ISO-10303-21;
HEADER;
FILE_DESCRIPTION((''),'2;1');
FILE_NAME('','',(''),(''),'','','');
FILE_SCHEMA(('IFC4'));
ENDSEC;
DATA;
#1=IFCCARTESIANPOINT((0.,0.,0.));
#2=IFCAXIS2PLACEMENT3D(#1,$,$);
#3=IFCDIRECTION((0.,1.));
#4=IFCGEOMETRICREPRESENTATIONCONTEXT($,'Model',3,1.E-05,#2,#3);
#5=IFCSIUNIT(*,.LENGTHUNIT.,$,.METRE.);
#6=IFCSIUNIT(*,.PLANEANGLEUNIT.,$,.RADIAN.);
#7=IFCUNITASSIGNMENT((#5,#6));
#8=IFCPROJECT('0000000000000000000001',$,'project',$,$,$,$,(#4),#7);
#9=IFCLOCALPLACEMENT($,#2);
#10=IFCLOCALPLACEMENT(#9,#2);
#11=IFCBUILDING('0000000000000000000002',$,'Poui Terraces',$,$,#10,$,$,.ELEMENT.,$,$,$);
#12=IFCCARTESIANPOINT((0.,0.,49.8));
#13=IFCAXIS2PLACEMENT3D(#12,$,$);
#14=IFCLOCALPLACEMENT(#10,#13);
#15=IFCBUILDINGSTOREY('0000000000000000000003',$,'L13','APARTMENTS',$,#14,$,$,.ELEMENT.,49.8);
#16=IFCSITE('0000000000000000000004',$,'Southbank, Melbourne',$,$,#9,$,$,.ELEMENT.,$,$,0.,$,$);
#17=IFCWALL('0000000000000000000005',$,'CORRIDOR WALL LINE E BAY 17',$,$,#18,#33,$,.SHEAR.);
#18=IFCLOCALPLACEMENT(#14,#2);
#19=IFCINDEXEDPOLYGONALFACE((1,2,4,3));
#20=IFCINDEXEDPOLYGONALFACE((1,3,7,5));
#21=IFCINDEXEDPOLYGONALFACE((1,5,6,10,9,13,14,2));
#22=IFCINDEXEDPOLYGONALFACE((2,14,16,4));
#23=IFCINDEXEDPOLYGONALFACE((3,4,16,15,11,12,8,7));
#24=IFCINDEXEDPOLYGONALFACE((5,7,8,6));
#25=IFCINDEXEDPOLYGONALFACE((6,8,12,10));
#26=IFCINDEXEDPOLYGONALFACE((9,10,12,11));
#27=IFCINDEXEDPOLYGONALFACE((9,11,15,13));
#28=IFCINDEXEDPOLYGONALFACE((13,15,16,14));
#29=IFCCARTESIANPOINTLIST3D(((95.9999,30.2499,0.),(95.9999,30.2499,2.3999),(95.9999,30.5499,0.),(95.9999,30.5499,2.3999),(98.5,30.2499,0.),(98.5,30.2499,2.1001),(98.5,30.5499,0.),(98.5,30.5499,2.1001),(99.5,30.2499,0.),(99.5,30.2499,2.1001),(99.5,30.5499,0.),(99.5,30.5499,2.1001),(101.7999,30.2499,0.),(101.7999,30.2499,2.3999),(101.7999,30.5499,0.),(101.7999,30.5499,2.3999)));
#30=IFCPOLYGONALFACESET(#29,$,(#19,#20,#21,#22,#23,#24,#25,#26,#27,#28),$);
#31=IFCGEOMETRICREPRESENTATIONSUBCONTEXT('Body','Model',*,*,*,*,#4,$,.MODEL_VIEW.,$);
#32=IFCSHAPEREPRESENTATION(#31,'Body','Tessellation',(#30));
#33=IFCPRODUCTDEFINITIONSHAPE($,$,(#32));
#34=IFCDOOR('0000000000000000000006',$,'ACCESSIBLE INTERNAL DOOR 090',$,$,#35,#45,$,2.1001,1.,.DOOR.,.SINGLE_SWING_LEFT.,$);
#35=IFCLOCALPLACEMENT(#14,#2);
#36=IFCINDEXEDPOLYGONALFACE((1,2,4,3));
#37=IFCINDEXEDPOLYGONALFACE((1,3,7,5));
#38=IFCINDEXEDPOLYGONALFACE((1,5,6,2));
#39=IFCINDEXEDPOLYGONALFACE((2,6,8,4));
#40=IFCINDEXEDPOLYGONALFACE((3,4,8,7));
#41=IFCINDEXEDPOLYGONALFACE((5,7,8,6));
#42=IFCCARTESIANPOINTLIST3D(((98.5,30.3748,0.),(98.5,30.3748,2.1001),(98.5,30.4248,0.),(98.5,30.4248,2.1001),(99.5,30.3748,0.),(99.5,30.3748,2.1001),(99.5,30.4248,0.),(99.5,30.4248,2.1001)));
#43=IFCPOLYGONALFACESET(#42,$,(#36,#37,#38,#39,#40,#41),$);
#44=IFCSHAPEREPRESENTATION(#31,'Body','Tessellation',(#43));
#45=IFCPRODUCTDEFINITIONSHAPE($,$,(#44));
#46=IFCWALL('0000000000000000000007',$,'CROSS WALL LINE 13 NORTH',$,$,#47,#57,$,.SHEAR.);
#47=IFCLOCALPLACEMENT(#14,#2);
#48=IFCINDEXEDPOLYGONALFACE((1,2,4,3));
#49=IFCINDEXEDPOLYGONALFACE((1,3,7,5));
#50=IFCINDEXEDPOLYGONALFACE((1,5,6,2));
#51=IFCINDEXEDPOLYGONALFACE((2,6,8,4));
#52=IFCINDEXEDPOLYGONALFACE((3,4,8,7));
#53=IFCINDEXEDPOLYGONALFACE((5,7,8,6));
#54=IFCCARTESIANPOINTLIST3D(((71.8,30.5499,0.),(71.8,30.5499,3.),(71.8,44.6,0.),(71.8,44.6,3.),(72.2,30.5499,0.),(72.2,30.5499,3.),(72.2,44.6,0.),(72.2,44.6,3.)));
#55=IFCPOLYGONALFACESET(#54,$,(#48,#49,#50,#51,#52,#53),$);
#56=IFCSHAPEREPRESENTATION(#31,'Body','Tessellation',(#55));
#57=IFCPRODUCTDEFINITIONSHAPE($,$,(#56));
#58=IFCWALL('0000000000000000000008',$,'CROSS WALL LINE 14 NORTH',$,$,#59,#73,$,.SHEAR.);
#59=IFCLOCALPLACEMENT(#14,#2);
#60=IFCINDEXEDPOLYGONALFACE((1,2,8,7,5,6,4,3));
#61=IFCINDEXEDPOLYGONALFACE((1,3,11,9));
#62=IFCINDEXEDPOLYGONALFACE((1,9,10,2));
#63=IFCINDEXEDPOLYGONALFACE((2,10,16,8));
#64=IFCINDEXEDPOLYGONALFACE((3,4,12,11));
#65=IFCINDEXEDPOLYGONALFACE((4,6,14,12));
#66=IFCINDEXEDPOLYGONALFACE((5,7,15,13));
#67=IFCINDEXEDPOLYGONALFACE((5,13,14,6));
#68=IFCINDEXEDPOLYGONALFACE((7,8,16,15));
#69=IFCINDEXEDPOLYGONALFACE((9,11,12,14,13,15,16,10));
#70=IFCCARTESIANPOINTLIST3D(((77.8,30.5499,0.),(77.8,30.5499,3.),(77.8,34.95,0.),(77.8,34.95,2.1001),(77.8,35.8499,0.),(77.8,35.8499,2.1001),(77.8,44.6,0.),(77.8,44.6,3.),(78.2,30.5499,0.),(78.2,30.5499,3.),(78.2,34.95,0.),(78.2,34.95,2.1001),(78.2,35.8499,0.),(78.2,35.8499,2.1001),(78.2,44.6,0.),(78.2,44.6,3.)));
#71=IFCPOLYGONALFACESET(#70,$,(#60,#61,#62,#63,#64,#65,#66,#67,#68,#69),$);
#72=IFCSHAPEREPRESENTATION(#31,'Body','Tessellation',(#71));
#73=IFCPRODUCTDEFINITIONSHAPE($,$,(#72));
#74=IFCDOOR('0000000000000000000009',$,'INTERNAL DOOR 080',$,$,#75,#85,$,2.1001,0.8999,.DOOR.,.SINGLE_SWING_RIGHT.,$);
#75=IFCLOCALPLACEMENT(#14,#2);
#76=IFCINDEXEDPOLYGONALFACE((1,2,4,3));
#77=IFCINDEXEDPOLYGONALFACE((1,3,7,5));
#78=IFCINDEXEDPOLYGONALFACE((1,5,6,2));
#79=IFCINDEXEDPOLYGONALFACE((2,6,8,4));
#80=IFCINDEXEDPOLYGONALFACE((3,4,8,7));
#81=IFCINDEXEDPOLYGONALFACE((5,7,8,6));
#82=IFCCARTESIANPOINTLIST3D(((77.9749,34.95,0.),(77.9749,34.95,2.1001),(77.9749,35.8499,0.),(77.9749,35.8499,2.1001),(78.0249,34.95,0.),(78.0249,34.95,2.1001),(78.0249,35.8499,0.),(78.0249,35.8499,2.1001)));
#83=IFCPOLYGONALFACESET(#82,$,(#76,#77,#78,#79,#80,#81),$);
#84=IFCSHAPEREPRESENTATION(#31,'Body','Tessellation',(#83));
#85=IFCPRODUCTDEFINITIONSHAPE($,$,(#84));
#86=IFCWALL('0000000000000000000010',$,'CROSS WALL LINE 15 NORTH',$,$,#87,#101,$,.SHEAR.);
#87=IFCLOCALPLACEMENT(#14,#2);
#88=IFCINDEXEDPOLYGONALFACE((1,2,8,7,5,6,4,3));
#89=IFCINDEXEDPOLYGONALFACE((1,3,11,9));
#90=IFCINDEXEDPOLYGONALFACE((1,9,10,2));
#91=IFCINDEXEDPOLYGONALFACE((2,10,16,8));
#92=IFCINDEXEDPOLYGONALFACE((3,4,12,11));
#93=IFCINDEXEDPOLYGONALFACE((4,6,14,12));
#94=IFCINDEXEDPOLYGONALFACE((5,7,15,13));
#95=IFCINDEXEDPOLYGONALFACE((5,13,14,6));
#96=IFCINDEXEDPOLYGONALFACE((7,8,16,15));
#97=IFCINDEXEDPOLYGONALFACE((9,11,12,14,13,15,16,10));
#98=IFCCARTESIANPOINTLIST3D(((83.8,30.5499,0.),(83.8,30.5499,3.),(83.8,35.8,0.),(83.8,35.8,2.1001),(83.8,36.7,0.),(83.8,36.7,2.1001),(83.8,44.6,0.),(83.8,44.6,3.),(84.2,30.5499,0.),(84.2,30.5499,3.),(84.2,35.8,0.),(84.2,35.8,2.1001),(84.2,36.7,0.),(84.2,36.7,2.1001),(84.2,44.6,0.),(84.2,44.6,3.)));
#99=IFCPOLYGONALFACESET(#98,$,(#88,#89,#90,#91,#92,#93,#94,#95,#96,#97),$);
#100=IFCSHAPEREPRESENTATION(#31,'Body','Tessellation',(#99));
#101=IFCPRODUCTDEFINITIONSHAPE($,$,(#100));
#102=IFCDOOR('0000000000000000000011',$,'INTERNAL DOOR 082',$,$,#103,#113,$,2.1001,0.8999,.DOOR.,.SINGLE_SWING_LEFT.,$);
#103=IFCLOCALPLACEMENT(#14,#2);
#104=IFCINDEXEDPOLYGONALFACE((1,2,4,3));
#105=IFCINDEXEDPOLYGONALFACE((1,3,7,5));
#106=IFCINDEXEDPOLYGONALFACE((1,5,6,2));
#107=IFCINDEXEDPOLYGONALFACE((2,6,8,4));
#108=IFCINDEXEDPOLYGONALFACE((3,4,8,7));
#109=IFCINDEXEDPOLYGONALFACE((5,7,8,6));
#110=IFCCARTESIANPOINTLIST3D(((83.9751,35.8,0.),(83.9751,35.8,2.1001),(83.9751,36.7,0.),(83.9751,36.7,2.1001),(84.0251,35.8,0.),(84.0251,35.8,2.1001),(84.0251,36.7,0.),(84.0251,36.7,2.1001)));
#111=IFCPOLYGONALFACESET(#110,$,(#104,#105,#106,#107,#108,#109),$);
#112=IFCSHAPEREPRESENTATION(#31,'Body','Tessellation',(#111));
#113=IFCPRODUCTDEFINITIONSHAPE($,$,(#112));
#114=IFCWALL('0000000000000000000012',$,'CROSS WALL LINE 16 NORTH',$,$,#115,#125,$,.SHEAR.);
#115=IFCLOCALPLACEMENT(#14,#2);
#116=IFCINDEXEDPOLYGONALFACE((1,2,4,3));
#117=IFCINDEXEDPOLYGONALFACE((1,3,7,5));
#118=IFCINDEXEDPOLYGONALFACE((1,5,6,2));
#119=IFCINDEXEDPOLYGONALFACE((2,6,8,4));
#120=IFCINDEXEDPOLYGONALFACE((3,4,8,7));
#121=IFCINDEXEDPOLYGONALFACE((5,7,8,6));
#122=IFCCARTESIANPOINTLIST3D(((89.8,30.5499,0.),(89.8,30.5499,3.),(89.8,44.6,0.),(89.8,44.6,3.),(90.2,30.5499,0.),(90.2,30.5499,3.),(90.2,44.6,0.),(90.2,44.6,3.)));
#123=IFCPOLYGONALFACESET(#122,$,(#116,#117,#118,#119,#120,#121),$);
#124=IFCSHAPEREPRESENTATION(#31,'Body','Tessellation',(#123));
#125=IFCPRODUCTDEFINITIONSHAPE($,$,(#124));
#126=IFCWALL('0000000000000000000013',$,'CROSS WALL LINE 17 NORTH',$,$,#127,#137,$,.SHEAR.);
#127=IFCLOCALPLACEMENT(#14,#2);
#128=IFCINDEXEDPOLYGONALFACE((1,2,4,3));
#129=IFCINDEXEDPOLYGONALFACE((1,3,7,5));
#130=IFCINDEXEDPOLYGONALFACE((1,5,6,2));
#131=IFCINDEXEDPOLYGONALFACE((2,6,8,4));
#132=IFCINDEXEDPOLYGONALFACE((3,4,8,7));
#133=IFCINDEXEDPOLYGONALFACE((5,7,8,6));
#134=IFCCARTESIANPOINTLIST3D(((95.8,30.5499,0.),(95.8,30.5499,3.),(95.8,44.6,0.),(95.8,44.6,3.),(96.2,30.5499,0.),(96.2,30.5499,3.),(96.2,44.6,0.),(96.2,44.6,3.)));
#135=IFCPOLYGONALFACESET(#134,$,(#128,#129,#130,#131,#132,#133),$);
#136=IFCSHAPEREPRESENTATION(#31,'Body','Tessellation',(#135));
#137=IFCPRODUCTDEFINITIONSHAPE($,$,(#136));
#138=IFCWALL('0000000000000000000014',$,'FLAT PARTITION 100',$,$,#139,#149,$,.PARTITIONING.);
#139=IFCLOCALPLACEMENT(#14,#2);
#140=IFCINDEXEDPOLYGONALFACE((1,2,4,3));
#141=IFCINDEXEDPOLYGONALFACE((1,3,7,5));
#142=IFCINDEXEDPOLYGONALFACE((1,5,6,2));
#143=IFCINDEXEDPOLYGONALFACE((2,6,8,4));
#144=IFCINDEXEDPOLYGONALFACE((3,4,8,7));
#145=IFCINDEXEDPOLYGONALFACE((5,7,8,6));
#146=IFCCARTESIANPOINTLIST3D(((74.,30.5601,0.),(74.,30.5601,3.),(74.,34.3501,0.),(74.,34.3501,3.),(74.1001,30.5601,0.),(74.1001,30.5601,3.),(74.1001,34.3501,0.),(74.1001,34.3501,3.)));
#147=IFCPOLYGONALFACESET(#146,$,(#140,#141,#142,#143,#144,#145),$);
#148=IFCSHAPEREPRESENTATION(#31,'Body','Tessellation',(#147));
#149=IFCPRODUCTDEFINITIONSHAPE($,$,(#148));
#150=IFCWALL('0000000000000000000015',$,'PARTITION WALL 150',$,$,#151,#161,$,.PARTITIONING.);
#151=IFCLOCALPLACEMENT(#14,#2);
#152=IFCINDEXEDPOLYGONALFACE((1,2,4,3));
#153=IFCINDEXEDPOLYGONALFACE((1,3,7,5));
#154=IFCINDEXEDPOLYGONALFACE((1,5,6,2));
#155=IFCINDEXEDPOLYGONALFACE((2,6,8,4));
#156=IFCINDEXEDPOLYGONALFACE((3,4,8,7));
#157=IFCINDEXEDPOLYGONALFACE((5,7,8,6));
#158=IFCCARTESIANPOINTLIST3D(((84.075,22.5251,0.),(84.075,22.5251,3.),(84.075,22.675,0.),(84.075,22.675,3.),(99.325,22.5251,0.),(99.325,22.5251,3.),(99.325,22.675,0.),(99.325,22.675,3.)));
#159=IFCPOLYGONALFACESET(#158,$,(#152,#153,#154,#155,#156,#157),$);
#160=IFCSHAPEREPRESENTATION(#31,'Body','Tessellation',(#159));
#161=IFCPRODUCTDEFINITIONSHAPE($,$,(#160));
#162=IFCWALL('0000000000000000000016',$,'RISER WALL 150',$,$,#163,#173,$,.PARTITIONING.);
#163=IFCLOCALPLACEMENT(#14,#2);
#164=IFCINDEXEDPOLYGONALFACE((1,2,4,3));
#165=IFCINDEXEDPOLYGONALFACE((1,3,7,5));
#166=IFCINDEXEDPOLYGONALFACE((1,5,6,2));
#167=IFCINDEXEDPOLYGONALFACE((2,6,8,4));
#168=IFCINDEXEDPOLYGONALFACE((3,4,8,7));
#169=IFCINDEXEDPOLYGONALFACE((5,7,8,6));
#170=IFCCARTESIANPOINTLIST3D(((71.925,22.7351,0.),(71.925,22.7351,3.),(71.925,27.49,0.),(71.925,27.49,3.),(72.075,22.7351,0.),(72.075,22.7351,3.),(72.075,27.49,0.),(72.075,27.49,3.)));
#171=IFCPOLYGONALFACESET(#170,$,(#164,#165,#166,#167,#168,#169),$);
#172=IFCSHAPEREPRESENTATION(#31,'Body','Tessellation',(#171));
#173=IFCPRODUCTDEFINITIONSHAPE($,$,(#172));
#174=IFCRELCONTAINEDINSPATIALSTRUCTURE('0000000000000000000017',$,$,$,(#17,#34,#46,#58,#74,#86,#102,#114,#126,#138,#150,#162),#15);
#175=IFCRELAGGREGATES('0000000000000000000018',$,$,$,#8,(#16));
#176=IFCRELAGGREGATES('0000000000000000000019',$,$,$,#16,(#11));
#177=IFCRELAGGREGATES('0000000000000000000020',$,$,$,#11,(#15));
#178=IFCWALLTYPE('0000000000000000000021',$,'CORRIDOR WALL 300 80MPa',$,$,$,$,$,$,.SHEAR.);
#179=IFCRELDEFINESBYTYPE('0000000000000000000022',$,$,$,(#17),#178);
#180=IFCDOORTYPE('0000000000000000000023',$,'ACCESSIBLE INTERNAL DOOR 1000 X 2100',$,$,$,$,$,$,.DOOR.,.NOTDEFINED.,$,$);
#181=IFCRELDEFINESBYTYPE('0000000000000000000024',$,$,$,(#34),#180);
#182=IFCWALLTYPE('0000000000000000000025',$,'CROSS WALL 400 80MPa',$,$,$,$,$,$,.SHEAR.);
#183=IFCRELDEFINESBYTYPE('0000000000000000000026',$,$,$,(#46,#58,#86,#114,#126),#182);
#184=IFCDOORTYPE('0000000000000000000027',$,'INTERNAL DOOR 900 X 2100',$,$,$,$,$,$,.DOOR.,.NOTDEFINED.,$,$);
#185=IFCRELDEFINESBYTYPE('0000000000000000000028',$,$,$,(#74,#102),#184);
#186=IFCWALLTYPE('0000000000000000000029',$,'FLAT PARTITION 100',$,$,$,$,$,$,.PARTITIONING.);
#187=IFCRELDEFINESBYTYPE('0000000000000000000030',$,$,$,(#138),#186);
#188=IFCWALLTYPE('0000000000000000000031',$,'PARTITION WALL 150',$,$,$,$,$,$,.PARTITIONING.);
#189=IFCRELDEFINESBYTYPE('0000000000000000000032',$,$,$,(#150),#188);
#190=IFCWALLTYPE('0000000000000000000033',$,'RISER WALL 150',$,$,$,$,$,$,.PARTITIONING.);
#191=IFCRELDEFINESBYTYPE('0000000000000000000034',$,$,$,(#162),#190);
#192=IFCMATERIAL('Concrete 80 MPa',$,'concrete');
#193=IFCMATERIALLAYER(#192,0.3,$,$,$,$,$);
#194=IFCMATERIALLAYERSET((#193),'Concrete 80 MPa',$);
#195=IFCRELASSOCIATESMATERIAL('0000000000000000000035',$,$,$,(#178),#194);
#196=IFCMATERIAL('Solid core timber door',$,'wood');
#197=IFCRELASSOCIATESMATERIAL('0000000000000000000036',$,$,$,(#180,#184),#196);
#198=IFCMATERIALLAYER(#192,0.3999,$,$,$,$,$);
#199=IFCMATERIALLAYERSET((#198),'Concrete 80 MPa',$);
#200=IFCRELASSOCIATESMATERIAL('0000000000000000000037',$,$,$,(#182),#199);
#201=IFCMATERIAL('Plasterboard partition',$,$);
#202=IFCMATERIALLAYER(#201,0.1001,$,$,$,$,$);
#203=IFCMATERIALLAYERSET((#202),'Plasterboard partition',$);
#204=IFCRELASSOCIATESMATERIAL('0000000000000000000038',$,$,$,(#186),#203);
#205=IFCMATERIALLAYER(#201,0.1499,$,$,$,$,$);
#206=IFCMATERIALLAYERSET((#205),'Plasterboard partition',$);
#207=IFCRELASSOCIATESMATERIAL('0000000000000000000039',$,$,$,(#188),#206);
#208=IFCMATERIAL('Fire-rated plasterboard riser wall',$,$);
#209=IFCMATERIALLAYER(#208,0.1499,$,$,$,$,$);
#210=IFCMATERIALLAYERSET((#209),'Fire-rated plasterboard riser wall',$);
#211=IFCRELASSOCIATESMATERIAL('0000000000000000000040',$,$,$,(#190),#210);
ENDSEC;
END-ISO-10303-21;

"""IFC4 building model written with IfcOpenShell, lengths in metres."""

from ifc_helpers import new_model, si_unit, direction, frame, frame_2d, origin, place, context, subcontext, project, spatial, rectangle, extrude, material, layer, layer_set, type_object, element, fill, save


model = new_model("IFC4")

# Units and contexts
model_context = context("Model", 3, precision=1e-05, world=origin(), true_north=direction((0.0, 1.0)))
body_context = subcontext(model_context, "Body", "Model", "MODEL_VIEW")
ifc_project = project(units=[si_unit("LENGTHUNIT", "METRE"), si_unit("PLANEANGLEUNIT", "RADIAN")], contexts=[model_context])

# Site, building, storey
site_placement = place(None, origin())
site = spatial("IfcSite", under=ifc_project, at=site_placement, Name="Southbank, Melbourne", CompositionType="ELEMENT", RefElevation=0.0)
building_placement = place(site_placement, origin())
building = spatial("IfcBuilding", under=site, at=building_placement, Name="Poui Terraces", CompositionType="ELEMENT")
storey_placement = place(building_placement, frame((0.0, 0.0, 49.8)))
storey = spatial("IfcBuildingStorey", under=building, at=storey_placement, Name="L13", Description="APARTMENTS", CompositionType="ELEMENT", Elevation=49.8)

# Shared definitions
ifc_material_1 = material(Name="Concrete 80 MPa", Category="concrete")

# Shared definitions
ifc_layer_1 = layer(ifc_material_1, 0.3)
ifc_layer_set_1 = layer_set([ifc_layer_1], Name="Concrete 80 MPa")
wall_type_1 = type_object("IfcWallType", Name="CORRIDOR WALL 300 80MPa", PredefinedType="SHEAR", material=ifc_layer_set_1)

# Wall, opening, door
wall_1_placement = place(storey_placement, frame((96.0, 30.3999, 0.0), z_axis=(0.0, 0.0, 1.0), x_axis=(1.0, 0.0, 0.0)))
wall_1 = element("IfcWall", 1, at=wall_1_placement, inside=storey, type_object=wall_type_1, Name="CORRIDOR WALL LINE E BAY 17", PredefinedType="SHEAR", context=body_context, shape_type="SweptSolid", body=[
    extrude(rectangle(XDim=5.8, YDim=0.3, at=frame_2d((2.8999, 0.0))), origin(), (0.0, 0.0, 1.0), 2.3999),
])
opening_1_placement = place(wall_1_placement, frame((2.5, 0.0, 0.0)))
opening_1 = element("IfcOpeningElement", 2, at=opening_1_placement, cuts=wall_1, PredefinedType="OPENING", context=body_context, shape_type="SweptSolid", body=[
    extrude(rectangle(XDim=1.0, YDim=2.1001, at=frame_2d((0.5, 1.05))), frame((0.0, 0.1602, 0.0), z_axis=(0.0, -1.0, 0.0), x_axis=(1.0, 0.0, 0.0)), (0.0, 0.0, 1.0), 0.3201),
])
ifc_material_2 = material(Name="Solid core timber door", Category="wood")
door_type_1 = type_object("IfcDoorType", Name="ACCESSIBLE INTERNAL DOOR 1000 X 2100", OperationType="NOTDEFINED", PredefinedType="DOOR", material=ifc_material_2)
door_1_placement = place(opening_1_placement, origin())
door_1 = element("IfcDoor", 3, at=door_1_placement, inside=storey, type_object=door_type_1, Name="ACCESSIBLE INTERNAL DOOR 090", OperationType="SINGLE_SWING_LEFT", OverallHeight=2.1001, OverallWidth=1.0, PredefinedType="DOOR", context=body_context, shape_type="SweptSolid", body=[
    extrude(rectangle(XDim=1.0, YDim=2.1001, at=frame_2d((0.5, 1.05))), frame((0.0, 0.0249, 0.0), z_axis=(0.0, -1.0, 0.0), x_axis=(1.0, 0.0, 0.0)), (0.0, 0.0, 1.0), 0.05),
])
fill(opening_1, door_1)

# Wall
ifc_layer_2 = layer(ifc_material_1, 0.3999)
ifc_layer_set_2 = layer_set([ifc_layer_2], Name="Concrete 80 MPa")
wall_type_2 = type_object("IfcWallType", Name="CROSS WALL 400 80MPa", PredefinedType="SHEAR", material=ifc_layer_set_2)
wall_2_placement = place(storey_placement, frame((72.0, 30.55, 0.0), z_axis=(0.0, 0.0, 1.0), x_axis=(0.0, 1.0, 0.0)))
element("IfcWall", 4, at=wall_2_placement, inside=storey, type_object=wall_type_2, Name="CROSS WALL LINE 13 NORTH", PredefinedType="SHEAR", context=body_context, shape_type="SweptSolid", body=[
    extrude(rectangle(XDim=14.05, YDim=0.3999, at=frame_2d((7.0249, 0.0))), origin(), (0.0, 0.0, 1.0), 3.0),
])

# Walls, openings, doors
wall_3_placement = place(storey_placement, frame((78.0, 30.55, 0.0), z_axis=(0.0, 0.0, 1.0), x_axis=(0.0, 1.0, 0.0)))
wall_3 = element("IfcWall", 5, at=wall_3_placement, inside=storey, type_object=wall_type_2, Name="CROSS WALL LINE 14 NORTH", PredefinedType="SHEAR", context=body_context, shape_type="SweptSolid", body=[
    extrude(rectangle(XDim=14.05, YDim=0.3999, at=frame_2d((7.0249, 0.0))), origin(), (0.0, 0.0, 1.0), 3.0),
])
opening_2_placement = place(wall_3_placement, frame((4.3999, 0.0, 0.0)))
opening_2 = element("IfcOpeningElement", 6, at=opening_2_placement, cuts=wall_3, PredefinedType="OPENING", context=body_context, shape_type="SweptSolid", body=[
    extrude(rectangle(XDim=0.8999, YDim=2.1001, at=frame_2d((0.45, 1.05))), frame((0.0, 0.21, 0.0), z_axis=(0.0, -1.0, 0.0), x_axis=(1.0, 0.0, 0.0)), (0.0, 0.0, 1.0), 0.4199),
])
door_type_2 = type_object("IfcDoorType", Name="INTERNAL DOOR 900 X 2100", OperationType="NOTDEFINED", PredefinedType="DOOR", material=ifc_material_2)
door_2_placement = place(opening_2_placement, frame((0.8999, 0.0, 0.0), z_axis=(0.0, 0.0, 1.0), x_axis=(-1.0, 0.0, 0.0)))
door_2 = element("IfcDoor", 7, at=door_2_placement, inside=storey, type_object=door_type_2, Name="INTERNAL DOOR 080", OperationType="SINGLE_SWING_RIGHT", OverallHeight=2.1001, OverallWidth=0.8999, PredefinedType="DOOR", context=body_context, shape_type="SweptSolid", body=[
    extrude(rectangle(XDim=0.8999, YDim=2.1001, at=frame_2d((0.45, 1.05))), frame((0.0, 0.0249, 0.0), z_axis=(0.0, -1.0, 0.0), x_axis=(1.0, 0.0, 0.0)), (0.0, 0.0, 1.0), 0.05),
])
fill(opening_2, door_2)
wall_4_placement = place(storey_placement, frame((84.0, 30.55, 0.0), z_axis=(0.0, 0.0, 1.0), x_axis=(0.0, 1.0, 0.0)))
wall_4 = element("IfcWall", 8, at=wall_4_placement, inside=storey, type_object=wall_type_2, Name="CROSS WALL LINE 15 NORTH", PredefinedType="SHEAR", context=body_context, shape_type="SweptSolid", body=[
    extrude(rectangle(XDim=14.05, YDim=0.3999, at=frame_2d((7.0249, 0.0))), origin(), (0.0, 0.0, 1.0), 3.0),
])
opening_3_placement = place(wall_4_placement, frame((5.25, 0.0, 0.0)))
opening_3 = element("IfcOpeningElement", 9, at=opening_3_placement, cuts=wall_4, PredefinedType="OPENING", context=body_context, shape_type="SweptSolid", body=[
    extrude(rectangle(XDim=0.8999, YDim=2.1001, at=frame_2d((0.45, 1.05))), frame((0.0, 0.21, 0.0), z_axis=(0.0, -1.0, 0.0), x_axis=(1.0, 0.0, 0.0)), (0.0, 0.0, 1.0), 0.4199),
])
door_3_placement = place(opening_3_placement, origin())
door_3 = element("IfcDoor", 10, at=door_3_placement, inside=storey, type_object=door_type_2, Name="INTERNAL DOOR 082", OperationType="SINGLE_SWING_LEFT", OverallHeight=2.1001, OverallWidth=0.8999, PredefinedType="DOOR", context=body_context, shape_type="SweptSolid", body=[
    extrude(rectangle(XDim=0.8999, YDim=2.1001, at=frame_2d((0.45, 1.05))), frame((0.0, 0.0249, 0.0), z_axis=(0.0, -1.0, 0.0), x_axis=(1.0, 0.0, 0.0)), (0.0, 0.0, 1.0), 0.05),
])
fill(opening_3, door_3)

# Walls
for number, where, z_axis, x_axis, name in (
    (11, (90.0, 30.55, 0.0), (0.0, 0.0, 1.0), (0.0, 1.0, 0.0), "CROSS WALL LINE 16 NORTH"),
    (12, (96.0, 30.55, 0.0), (0.0, 0.0, 1.0), (0.0, 1.0, 0.0), "CROSS WALL LINE 17 NORTH"),
):
    element("IfcWall", number, at=place(storey_placement, frame(where, z_axis=z_axis, x_axis=x_axis)), inside=storey, type_object=wall_type_2, Name=name, PredefinedType="SHEAR", context=body_context, shape_type="SweptSolid", body=[
        extrude(rectangle(XDim=14.05, YDim=0.3999, at=frame_2d((7.0249, 0.0))), origin(), (0.0, 0.0, 1.0), 3.0),
    ])
ifc_material_3 = material(Name="Plasterboard partition")
ifc_layer_3 = layer(ifc_material_3, 0.1001)
ifc_layer_set_3 = layer_set([ifc_layer_3], Name="Plasterboard partition")
wall_type_3 = type_object("IfcWallType", Name="FLAT PARTITION 100", PredefinedType="PARTITIONING", material=ifc_layer_set_3)
wall_5_placement = place(storey_placement, frame((74.05, 30.5601, 0.0), z_axis=(0.0, 0.0, 1.0), x_axis=(0.0, 1.0, 0.0)))
element("IfcWall", 13, at=wall_5_placement, inside=storey, type_object=wall_type_3, Name="FLAT PARTITION 100", PredefinedType="PARTITIONING", context=body_context, shape_type="SweptSolid", body=[
    extrude(rectangle(XDim=3.79, YDim=0.1001, at=frame_2d((1.895, 0.0))), origin(), (0.0, 0.0, 1.0), 3.0),
])
ifc_layer_4 = layer(ifc_material_3, 0.1499)
ifc_layer_set_4 = layer_set([ifc_layer_4], Name="Plasterboard partition")
wall_type_4 = type_object("IfcWallType", Name="PARTITION WALL 150", PredefinedType="PARTITIONING", material=ifc_layer_set_4)
wall_6_placement = place(storey_placement, frame((84.075, 22.6001, 0.0), z_axis=(0.0, 0.0, 1.0), x_axis=(1.0, 0.0, 0.0)))
element("IfcWall", 14, at=wall_6_placement, inside=storey, type_object=wall_type_4, Name="PARTITION WALL 150", PredefinedType="PARTITIONING", context=body_context, shape_type="SweptSolid", body=[
    extrude(rectangle(XDim=15.25, YDim=0.1499, at=frame_2d((7.625, 0.0))), origin(), (0.0, 0.0, 1.0), 3.0),
])
ifc_material_4 = material(Name="Fire-rated plasterboard riser wall")
ifc_layer_5 = layer(ifc_material_4, 0.1499)
ifc_layer_set_5 = layer_set([ifc_layer_5], Name="Fire-rated plasterboard riser wall")
wall_type_5 = type_object("IfcWallType", Name="RISER WALL 150", PredefinedType="PARTITIONING", material=ifc_layer_set_5)
for number, where, z_axis, x_axis, name in (
    (15, (72.0, 22.7351, 0.0), (0.0, 0.0, 1.0), (0.0, 1.0, 0.0), "RISER WALL 150"),
):
    element("IfcWall", number, at=place(storey_placement, frame(where, z_axis=z_axis, x_axis=x_axis)), inside=storey, type_object=wall_type_5, Name=name, PredefinedType="PARTITIONING", context=body_context, shape_type="SweptSolid", body=[
        extrude(rectangle(XDim=4.7549, YDim=0.1499, at=frame_2d((2.3774, 0.0))), origin(), (0.0, 0.0, 1.0), 3.0),
    ])

save(model, "model.ifc")
